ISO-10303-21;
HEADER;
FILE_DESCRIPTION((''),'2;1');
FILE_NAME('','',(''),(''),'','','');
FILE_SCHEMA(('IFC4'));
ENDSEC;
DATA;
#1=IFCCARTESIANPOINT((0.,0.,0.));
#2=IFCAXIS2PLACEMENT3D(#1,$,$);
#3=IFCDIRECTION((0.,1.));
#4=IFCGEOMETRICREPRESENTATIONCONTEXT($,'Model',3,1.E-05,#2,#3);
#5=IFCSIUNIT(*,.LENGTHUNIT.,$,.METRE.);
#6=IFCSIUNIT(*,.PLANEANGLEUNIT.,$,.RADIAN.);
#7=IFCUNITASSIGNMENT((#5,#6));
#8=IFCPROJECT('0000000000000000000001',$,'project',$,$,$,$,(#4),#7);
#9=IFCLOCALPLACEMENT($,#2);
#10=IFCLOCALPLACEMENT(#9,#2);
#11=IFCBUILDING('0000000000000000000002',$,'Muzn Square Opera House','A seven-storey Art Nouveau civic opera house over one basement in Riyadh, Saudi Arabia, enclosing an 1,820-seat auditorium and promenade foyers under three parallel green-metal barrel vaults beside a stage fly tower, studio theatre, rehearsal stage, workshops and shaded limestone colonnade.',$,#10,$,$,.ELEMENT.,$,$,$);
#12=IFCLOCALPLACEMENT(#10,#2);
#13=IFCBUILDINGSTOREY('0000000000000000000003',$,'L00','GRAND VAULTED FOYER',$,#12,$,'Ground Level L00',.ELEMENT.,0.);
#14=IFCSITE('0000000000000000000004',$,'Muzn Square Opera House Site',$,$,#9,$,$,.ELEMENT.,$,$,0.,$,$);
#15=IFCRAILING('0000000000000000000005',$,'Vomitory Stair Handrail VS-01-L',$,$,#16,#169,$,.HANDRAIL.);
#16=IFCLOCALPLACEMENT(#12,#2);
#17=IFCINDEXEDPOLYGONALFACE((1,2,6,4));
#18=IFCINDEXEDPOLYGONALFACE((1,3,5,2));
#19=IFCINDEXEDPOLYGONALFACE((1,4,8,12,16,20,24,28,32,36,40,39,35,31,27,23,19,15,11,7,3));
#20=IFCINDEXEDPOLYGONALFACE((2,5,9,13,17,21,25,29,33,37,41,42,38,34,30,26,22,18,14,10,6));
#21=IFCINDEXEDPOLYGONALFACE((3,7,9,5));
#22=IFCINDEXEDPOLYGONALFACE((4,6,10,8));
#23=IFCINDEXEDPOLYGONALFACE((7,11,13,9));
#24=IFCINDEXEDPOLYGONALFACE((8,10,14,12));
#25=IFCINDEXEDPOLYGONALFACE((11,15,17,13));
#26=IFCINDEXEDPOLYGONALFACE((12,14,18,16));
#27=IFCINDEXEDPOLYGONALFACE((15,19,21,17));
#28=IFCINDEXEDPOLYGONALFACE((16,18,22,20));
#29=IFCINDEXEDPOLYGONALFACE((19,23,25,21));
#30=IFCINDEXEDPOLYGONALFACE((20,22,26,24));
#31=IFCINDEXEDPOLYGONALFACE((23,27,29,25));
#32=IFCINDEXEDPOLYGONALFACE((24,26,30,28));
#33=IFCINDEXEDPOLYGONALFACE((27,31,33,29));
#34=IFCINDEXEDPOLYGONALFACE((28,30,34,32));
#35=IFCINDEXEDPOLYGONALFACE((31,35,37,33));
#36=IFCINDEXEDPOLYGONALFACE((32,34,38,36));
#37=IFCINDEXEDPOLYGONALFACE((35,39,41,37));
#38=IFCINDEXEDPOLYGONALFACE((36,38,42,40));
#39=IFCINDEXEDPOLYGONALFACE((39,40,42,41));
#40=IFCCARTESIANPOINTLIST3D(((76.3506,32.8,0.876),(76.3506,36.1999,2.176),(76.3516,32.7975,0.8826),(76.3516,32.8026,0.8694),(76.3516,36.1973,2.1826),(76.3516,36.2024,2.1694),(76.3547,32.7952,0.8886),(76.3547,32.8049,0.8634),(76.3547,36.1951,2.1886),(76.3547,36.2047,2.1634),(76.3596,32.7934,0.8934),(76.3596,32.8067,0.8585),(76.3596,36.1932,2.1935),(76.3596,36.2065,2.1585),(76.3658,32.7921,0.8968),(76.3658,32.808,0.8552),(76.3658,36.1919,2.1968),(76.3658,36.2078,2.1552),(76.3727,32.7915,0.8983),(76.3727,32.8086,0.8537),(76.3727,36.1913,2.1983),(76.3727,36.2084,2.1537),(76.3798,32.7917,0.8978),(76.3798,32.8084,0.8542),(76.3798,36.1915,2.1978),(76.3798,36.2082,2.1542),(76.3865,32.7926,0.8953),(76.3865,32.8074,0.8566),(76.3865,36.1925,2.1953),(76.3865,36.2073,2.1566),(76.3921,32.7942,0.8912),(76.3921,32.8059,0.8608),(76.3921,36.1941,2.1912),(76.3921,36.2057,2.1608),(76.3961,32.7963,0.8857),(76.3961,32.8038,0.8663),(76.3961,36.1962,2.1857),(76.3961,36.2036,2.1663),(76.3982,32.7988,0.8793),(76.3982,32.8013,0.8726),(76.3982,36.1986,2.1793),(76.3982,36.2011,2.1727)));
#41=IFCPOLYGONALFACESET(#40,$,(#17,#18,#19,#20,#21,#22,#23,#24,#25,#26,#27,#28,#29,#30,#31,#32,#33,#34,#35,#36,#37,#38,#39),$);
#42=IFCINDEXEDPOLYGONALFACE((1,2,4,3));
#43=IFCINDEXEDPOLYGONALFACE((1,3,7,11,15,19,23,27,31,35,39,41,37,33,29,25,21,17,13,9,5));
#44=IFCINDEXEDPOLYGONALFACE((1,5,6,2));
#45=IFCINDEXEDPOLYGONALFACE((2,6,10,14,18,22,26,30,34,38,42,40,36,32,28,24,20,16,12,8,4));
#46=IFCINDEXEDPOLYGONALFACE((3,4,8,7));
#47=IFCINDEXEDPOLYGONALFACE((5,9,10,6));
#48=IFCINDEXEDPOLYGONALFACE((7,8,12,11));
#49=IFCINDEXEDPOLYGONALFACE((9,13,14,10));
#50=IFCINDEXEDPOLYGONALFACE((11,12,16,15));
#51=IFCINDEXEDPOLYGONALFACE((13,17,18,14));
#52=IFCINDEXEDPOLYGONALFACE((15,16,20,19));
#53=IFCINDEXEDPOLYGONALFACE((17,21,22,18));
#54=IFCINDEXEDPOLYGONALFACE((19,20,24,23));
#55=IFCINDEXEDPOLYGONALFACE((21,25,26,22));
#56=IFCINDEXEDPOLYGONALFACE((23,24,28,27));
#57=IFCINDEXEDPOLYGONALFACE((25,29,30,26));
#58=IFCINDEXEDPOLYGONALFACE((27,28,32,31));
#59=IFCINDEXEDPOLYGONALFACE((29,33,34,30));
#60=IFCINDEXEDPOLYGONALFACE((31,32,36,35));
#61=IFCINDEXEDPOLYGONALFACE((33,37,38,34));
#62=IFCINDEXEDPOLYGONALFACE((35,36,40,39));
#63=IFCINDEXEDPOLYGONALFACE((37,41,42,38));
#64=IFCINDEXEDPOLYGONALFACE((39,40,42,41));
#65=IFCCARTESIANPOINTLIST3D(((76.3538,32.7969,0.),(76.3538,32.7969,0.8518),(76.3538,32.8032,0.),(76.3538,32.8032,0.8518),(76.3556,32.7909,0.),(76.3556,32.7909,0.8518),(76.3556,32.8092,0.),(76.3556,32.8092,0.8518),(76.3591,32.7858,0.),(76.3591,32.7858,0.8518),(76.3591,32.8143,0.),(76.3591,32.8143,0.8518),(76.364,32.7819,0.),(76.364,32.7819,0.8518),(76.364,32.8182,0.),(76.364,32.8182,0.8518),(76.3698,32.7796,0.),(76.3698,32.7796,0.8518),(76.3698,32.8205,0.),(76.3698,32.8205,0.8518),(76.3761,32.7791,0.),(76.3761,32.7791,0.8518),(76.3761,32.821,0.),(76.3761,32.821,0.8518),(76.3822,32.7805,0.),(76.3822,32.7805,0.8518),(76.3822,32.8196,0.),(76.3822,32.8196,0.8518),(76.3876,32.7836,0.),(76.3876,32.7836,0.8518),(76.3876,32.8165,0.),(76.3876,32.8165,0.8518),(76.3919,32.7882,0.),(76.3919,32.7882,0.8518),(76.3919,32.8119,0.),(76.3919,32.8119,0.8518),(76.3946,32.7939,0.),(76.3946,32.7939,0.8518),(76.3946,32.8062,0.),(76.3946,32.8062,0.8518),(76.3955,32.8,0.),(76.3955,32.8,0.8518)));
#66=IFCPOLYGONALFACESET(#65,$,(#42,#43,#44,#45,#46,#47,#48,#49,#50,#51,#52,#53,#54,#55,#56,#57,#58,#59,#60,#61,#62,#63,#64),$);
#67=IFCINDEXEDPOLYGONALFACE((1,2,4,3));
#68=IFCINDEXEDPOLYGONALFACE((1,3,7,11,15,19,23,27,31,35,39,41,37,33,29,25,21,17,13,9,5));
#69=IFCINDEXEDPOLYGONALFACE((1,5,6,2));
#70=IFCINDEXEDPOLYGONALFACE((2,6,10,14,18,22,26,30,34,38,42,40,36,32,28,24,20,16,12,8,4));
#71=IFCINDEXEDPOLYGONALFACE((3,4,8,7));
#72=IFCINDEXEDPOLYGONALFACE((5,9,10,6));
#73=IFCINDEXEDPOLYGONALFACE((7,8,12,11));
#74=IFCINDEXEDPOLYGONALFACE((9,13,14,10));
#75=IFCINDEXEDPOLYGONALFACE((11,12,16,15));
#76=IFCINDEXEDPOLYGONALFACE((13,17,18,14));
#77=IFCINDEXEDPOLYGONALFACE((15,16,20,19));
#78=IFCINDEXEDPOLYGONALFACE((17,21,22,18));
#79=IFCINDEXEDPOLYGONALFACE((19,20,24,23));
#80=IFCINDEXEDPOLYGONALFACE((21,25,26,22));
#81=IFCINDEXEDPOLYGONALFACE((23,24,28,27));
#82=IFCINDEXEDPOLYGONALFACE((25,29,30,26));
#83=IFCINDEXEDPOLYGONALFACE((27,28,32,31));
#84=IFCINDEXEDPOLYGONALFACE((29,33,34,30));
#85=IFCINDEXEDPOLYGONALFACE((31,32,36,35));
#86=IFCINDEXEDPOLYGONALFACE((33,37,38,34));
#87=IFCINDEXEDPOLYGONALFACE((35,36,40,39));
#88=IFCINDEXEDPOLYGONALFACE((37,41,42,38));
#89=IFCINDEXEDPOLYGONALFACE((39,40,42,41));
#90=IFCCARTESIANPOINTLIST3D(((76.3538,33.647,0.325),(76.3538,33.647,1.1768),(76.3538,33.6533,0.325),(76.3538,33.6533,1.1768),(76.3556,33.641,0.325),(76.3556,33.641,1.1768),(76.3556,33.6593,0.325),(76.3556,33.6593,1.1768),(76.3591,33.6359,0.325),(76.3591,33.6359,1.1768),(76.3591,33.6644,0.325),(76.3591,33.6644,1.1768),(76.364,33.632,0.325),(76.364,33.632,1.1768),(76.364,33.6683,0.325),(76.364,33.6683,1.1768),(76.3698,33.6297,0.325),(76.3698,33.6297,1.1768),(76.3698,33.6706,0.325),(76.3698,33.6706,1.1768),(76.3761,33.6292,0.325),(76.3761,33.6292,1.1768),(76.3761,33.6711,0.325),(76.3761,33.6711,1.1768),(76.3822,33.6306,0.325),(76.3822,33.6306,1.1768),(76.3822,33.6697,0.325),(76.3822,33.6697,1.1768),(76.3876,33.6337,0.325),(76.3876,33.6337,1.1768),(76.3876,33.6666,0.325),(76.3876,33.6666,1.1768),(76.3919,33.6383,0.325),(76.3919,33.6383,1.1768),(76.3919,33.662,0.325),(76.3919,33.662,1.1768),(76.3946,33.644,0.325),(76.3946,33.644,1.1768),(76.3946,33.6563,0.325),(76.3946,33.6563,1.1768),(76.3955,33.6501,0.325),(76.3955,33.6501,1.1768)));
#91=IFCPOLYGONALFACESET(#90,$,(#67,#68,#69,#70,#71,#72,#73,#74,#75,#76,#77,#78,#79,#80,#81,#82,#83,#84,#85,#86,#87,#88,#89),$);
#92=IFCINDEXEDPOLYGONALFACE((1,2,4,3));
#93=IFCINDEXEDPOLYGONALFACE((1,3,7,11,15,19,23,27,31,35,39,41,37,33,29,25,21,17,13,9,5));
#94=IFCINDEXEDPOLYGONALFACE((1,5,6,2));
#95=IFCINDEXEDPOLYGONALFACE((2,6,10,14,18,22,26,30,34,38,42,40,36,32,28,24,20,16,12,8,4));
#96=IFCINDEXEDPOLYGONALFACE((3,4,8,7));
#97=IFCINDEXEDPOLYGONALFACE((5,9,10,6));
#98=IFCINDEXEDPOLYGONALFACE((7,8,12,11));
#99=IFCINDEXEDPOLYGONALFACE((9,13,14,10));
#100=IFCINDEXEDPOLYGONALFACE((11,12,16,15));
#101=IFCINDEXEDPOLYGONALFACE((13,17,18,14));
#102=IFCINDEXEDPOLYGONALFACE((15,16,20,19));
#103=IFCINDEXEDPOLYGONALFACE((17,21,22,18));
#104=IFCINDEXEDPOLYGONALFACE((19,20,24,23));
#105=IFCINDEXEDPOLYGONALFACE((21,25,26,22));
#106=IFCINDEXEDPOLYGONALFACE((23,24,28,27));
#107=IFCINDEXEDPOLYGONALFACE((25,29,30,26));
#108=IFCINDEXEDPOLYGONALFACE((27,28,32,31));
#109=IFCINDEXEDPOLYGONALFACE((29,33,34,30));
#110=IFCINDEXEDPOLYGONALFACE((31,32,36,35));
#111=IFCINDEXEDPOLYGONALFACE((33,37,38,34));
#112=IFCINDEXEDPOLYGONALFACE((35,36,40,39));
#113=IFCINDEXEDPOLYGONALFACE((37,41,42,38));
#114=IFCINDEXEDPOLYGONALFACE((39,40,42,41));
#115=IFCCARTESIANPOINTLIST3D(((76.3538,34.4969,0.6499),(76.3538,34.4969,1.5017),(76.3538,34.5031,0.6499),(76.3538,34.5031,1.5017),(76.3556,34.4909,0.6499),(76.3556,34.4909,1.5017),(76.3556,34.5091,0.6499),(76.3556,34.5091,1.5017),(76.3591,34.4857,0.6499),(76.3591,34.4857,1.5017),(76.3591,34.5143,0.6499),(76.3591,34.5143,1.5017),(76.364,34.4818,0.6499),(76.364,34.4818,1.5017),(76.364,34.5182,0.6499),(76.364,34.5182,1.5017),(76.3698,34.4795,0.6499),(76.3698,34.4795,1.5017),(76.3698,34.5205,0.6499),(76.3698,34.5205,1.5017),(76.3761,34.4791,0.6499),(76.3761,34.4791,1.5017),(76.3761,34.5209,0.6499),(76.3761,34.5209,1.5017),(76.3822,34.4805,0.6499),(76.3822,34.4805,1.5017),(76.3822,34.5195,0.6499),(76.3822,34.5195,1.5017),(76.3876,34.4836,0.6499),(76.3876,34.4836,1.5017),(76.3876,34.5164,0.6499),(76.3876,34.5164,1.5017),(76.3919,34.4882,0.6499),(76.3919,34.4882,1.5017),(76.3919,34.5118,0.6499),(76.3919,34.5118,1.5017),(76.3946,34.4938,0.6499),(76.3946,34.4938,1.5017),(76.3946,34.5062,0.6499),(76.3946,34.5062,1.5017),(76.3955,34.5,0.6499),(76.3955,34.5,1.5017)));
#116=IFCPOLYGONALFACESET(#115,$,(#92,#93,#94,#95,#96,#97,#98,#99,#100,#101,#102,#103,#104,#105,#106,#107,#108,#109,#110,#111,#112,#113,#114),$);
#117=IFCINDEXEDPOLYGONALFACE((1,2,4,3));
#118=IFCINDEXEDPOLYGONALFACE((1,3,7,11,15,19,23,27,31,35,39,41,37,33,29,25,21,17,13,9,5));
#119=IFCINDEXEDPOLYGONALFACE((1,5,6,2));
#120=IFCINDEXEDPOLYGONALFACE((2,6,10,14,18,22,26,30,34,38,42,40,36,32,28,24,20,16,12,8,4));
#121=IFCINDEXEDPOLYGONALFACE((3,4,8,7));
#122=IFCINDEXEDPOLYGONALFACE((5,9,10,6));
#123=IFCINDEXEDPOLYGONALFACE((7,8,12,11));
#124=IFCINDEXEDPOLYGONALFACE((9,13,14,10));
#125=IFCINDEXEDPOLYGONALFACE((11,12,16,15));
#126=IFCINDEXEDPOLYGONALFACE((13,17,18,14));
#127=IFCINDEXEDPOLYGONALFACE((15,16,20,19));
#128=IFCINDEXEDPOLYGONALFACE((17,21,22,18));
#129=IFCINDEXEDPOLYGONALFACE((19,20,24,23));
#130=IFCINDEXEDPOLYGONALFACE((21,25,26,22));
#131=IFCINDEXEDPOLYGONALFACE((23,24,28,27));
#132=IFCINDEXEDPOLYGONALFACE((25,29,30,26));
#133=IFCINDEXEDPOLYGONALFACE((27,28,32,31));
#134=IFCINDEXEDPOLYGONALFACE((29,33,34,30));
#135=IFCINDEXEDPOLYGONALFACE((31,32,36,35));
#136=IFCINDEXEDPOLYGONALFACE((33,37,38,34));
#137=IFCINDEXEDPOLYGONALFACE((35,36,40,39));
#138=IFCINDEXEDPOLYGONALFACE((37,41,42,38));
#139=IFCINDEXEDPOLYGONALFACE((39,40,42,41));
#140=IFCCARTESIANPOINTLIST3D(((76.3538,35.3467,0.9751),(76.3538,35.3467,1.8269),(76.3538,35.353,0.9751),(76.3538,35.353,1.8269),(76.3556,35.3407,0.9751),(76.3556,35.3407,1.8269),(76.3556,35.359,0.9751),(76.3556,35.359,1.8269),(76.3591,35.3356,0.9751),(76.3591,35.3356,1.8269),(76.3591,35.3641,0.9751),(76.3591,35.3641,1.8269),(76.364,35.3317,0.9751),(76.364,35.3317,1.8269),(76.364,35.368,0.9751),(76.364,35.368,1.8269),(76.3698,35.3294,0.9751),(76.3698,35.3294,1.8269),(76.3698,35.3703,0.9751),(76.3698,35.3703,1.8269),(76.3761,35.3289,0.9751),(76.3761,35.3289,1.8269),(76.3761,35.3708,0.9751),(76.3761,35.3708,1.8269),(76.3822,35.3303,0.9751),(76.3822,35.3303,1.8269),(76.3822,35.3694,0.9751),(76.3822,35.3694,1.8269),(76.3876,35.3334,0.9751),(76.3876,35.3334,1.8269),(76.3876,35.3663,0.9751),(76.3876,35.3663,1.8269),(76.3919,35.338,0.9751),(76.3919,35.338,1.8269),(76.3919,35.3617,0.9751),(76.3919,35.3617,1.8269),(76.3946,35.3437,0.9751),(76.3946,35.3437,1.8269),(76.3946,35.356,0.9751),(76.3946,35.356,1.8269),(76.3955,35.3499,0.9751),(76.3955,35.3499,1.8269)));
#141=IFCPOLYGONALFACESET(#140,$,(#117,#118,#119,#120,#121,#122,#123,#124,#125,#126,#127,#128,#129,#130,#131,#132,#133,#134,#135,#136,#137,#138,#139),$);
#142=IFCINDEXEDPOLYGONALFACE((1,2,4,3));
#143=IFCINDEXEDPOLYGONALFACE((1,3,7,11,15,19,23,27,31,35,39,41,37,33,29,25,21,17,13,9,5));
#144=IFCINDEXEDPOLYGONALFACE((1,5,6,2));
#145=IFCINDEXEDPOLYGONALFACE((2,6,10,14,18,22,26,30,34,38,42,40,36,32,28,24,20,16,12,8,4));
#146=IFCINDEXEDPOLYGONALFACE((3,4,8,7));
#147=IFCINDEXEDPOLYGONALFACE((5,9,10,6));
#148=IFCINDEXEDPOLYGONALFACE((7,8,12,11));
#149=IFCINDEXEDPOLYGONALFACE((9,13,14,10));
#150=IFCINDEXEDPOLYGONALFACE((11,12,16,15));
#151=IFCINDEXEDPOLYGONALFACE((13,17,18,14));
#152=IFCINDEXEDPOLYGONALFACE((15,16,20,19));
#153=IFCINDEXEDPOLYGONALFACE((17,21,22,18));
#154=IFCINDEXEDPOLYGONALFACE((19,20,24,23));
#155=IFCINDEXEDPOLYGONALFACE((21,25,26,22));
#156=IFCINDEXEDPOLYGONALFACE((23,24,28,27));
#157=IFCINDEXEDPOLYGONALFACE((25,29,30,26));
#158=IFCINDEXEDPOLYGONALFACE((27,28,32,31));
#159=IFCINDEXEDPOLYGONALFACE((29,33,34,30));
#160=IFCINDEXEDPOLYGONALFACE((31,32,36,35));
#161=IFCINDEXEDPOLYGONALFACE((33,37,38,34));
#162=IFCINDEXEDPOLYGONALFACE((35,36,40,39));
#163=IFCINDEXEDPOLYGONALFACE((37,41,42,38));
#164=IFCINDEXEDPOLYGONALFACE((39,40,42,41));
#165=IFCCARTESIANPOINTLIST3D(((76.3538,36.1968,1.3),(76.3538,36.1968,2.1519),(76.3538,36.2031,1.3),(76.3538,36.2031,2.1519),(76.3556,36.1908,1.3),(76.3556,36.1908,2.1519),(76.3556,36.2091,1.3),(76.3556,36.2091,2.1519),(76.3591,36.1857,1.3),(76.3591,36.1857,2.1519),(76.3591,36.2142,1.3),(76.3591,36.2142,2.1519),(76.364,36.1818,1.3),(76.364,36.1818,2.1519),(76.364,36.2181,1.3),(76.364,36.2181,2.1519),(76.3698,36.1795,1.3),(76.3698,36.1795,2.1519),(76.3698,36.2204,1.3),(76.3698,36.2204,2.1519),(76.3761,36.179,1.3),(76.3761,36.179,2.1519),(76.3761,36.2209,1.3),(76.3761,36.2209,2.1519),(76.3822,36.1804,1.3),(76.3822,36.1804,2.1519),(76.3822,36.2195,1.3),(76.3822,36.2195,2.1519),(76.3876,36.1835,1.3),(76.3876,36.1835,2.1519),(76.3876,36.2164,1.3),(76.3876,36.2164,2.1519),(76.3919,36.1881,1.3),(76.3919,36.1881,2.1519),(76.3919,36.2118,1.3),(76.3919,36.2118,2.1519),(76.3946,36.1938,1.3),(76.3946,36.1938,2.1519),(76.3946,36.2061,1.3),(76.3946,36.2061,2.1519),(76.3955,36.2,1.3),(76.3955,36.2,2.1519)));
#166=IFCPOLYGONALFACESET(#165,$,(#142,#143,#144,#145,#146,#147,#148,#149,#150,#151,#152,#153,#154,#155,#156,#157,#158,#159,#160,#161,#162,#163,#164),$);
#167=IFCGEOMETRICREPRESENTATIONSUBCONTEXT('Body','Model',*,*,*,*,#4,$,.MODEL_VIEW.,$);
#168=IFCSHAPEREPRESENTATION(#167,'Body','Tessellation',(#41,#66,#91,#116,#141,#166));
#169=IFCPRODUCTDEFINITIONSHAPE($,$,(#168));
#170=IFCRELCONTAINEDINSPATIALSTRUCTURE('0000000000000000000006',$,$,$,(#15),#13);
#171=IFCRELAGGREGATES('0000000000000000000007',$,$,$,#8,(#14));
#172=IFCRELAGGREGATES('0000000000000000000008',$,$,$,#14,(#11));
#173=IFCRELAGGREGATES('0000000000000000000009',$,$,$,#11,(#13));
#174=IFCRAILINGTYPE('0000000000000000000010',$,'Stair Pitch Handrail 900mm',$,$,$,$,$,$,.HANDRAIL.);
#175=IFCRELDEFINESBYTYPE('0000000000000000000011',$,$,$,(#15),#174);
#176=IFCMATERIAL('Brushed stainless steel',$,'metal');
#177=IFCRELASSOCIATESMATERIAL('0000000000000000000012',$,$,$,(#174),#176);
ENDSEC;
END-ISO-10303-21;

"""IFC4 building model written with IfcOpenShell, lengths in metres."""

from ifc_helpers import new_model, si_unit, direction, frame, origin, origin_2d, place, context, subcontext, project, spatial, circle, extrude, material, type_object, element, save


model = new_model("IFC4")

# Units and contexts
model_context = context("Model", 3, precision=1e-05, world=origin(), true_north=direction((0.0, 1.0)))
body_context = subcontext(model_context, "Body", "Model", "MODEL_VIEW")
ifc_project = project(units=[si_unit("LENGTHUNIT", "METRE"), si_unit("PLANEANGLEUNIT", "RADIAN")], contexts=[model_context])

# Site, building, storey
site_placement = place(None, origin())
site = spatial("IfcSite", under=ifc_project, at=site_placement, Name="Muzn Square Opera House Site", CompositionType="ELEMENT", RefElevation=0.0)
building_placement = place(site_placement, origin())
building = spatial("IfcBuilding", under=site, at=building_placement, Name="Muzn Square Opera House", Description="A seven-storey Art Nouveau civic opera house over one basement in Riyadh, Saudi Arabia, enclosing an 1,820-seat auditorium and promenade foyers under three parallel green-metal barrel vaults beside a stage fly tower, studio theatre, rehearsal stage, workshops and shaded limestone colonnade.", CompositionType="ELEMENT")
storey_placement = place(building_placement, origin())
storey = spatial("IfcBuildingStorey", under=building, at=storey_placement, Name="L00", Description="GRAND VAULTED FOYER", LongName="Ground Level L00", CompositionType="ELEMENT", Elevation=0.0)

# Railing
ifc_material_1 = material(Name="Brushed stainless steel", Category="metal")
railing_type_1 = type_object("IfcRailingType", Name="Stair Pitch Handrail 900mm", PredefinedType="HANDRAIL", material=ifc_material_1)
for number, where, name in (
    (1, (76.3745, 32.8, 0.0), "Vomitory Stair Handrail VS-01-L"),
):
    element("IfcRailing", number, at=place(storey_placement, frame(where)), inside=storey, type_object=railing_type_1, Name=name, PredefinedType="HANDRAIL", context=body_context, shape_type="SweptSolid", body=[
        extrude(circle(Radius=0.0239, at=origin_2d()), frame((0.0, 0.0, 0.876), z_axis=(0.0, 0.934044, 0.357158), x_axis=(-1.0, 0.0, 0.0)), (0.0, 0.0, 1.0), 3.6399),
        extrude(circle(Radius=0.021, at=origin_2d()), origin(), (0.0, 0.0, 1.0), 0.8518),
        extrude(circle(Radius=0.021, at=origin_2d()), frame((0.0, 0.8501, 0.325)), (0.0, 0.0, 1.0), 0.8518),
        extrude(circle(Radius=0.021, at=origin_2d()), frame((0.0, 1.7, 0.6499)), (0.0, 0.0, 1.0), 0.8518),
        extrude(circle(Radius=0.021, at=origin_2d()), frame((0.0, 2.5498, 0.9751)), (0.0, 0.0, 1.0), 0.8518),
        extrude(circle(Radius=0.021, at=origin_2d()), frame((0.0, 3.3999, 1.3)), (0.0, 0.0, 1.0), 0.8518),
    ])

save(model, "model.ifc")
